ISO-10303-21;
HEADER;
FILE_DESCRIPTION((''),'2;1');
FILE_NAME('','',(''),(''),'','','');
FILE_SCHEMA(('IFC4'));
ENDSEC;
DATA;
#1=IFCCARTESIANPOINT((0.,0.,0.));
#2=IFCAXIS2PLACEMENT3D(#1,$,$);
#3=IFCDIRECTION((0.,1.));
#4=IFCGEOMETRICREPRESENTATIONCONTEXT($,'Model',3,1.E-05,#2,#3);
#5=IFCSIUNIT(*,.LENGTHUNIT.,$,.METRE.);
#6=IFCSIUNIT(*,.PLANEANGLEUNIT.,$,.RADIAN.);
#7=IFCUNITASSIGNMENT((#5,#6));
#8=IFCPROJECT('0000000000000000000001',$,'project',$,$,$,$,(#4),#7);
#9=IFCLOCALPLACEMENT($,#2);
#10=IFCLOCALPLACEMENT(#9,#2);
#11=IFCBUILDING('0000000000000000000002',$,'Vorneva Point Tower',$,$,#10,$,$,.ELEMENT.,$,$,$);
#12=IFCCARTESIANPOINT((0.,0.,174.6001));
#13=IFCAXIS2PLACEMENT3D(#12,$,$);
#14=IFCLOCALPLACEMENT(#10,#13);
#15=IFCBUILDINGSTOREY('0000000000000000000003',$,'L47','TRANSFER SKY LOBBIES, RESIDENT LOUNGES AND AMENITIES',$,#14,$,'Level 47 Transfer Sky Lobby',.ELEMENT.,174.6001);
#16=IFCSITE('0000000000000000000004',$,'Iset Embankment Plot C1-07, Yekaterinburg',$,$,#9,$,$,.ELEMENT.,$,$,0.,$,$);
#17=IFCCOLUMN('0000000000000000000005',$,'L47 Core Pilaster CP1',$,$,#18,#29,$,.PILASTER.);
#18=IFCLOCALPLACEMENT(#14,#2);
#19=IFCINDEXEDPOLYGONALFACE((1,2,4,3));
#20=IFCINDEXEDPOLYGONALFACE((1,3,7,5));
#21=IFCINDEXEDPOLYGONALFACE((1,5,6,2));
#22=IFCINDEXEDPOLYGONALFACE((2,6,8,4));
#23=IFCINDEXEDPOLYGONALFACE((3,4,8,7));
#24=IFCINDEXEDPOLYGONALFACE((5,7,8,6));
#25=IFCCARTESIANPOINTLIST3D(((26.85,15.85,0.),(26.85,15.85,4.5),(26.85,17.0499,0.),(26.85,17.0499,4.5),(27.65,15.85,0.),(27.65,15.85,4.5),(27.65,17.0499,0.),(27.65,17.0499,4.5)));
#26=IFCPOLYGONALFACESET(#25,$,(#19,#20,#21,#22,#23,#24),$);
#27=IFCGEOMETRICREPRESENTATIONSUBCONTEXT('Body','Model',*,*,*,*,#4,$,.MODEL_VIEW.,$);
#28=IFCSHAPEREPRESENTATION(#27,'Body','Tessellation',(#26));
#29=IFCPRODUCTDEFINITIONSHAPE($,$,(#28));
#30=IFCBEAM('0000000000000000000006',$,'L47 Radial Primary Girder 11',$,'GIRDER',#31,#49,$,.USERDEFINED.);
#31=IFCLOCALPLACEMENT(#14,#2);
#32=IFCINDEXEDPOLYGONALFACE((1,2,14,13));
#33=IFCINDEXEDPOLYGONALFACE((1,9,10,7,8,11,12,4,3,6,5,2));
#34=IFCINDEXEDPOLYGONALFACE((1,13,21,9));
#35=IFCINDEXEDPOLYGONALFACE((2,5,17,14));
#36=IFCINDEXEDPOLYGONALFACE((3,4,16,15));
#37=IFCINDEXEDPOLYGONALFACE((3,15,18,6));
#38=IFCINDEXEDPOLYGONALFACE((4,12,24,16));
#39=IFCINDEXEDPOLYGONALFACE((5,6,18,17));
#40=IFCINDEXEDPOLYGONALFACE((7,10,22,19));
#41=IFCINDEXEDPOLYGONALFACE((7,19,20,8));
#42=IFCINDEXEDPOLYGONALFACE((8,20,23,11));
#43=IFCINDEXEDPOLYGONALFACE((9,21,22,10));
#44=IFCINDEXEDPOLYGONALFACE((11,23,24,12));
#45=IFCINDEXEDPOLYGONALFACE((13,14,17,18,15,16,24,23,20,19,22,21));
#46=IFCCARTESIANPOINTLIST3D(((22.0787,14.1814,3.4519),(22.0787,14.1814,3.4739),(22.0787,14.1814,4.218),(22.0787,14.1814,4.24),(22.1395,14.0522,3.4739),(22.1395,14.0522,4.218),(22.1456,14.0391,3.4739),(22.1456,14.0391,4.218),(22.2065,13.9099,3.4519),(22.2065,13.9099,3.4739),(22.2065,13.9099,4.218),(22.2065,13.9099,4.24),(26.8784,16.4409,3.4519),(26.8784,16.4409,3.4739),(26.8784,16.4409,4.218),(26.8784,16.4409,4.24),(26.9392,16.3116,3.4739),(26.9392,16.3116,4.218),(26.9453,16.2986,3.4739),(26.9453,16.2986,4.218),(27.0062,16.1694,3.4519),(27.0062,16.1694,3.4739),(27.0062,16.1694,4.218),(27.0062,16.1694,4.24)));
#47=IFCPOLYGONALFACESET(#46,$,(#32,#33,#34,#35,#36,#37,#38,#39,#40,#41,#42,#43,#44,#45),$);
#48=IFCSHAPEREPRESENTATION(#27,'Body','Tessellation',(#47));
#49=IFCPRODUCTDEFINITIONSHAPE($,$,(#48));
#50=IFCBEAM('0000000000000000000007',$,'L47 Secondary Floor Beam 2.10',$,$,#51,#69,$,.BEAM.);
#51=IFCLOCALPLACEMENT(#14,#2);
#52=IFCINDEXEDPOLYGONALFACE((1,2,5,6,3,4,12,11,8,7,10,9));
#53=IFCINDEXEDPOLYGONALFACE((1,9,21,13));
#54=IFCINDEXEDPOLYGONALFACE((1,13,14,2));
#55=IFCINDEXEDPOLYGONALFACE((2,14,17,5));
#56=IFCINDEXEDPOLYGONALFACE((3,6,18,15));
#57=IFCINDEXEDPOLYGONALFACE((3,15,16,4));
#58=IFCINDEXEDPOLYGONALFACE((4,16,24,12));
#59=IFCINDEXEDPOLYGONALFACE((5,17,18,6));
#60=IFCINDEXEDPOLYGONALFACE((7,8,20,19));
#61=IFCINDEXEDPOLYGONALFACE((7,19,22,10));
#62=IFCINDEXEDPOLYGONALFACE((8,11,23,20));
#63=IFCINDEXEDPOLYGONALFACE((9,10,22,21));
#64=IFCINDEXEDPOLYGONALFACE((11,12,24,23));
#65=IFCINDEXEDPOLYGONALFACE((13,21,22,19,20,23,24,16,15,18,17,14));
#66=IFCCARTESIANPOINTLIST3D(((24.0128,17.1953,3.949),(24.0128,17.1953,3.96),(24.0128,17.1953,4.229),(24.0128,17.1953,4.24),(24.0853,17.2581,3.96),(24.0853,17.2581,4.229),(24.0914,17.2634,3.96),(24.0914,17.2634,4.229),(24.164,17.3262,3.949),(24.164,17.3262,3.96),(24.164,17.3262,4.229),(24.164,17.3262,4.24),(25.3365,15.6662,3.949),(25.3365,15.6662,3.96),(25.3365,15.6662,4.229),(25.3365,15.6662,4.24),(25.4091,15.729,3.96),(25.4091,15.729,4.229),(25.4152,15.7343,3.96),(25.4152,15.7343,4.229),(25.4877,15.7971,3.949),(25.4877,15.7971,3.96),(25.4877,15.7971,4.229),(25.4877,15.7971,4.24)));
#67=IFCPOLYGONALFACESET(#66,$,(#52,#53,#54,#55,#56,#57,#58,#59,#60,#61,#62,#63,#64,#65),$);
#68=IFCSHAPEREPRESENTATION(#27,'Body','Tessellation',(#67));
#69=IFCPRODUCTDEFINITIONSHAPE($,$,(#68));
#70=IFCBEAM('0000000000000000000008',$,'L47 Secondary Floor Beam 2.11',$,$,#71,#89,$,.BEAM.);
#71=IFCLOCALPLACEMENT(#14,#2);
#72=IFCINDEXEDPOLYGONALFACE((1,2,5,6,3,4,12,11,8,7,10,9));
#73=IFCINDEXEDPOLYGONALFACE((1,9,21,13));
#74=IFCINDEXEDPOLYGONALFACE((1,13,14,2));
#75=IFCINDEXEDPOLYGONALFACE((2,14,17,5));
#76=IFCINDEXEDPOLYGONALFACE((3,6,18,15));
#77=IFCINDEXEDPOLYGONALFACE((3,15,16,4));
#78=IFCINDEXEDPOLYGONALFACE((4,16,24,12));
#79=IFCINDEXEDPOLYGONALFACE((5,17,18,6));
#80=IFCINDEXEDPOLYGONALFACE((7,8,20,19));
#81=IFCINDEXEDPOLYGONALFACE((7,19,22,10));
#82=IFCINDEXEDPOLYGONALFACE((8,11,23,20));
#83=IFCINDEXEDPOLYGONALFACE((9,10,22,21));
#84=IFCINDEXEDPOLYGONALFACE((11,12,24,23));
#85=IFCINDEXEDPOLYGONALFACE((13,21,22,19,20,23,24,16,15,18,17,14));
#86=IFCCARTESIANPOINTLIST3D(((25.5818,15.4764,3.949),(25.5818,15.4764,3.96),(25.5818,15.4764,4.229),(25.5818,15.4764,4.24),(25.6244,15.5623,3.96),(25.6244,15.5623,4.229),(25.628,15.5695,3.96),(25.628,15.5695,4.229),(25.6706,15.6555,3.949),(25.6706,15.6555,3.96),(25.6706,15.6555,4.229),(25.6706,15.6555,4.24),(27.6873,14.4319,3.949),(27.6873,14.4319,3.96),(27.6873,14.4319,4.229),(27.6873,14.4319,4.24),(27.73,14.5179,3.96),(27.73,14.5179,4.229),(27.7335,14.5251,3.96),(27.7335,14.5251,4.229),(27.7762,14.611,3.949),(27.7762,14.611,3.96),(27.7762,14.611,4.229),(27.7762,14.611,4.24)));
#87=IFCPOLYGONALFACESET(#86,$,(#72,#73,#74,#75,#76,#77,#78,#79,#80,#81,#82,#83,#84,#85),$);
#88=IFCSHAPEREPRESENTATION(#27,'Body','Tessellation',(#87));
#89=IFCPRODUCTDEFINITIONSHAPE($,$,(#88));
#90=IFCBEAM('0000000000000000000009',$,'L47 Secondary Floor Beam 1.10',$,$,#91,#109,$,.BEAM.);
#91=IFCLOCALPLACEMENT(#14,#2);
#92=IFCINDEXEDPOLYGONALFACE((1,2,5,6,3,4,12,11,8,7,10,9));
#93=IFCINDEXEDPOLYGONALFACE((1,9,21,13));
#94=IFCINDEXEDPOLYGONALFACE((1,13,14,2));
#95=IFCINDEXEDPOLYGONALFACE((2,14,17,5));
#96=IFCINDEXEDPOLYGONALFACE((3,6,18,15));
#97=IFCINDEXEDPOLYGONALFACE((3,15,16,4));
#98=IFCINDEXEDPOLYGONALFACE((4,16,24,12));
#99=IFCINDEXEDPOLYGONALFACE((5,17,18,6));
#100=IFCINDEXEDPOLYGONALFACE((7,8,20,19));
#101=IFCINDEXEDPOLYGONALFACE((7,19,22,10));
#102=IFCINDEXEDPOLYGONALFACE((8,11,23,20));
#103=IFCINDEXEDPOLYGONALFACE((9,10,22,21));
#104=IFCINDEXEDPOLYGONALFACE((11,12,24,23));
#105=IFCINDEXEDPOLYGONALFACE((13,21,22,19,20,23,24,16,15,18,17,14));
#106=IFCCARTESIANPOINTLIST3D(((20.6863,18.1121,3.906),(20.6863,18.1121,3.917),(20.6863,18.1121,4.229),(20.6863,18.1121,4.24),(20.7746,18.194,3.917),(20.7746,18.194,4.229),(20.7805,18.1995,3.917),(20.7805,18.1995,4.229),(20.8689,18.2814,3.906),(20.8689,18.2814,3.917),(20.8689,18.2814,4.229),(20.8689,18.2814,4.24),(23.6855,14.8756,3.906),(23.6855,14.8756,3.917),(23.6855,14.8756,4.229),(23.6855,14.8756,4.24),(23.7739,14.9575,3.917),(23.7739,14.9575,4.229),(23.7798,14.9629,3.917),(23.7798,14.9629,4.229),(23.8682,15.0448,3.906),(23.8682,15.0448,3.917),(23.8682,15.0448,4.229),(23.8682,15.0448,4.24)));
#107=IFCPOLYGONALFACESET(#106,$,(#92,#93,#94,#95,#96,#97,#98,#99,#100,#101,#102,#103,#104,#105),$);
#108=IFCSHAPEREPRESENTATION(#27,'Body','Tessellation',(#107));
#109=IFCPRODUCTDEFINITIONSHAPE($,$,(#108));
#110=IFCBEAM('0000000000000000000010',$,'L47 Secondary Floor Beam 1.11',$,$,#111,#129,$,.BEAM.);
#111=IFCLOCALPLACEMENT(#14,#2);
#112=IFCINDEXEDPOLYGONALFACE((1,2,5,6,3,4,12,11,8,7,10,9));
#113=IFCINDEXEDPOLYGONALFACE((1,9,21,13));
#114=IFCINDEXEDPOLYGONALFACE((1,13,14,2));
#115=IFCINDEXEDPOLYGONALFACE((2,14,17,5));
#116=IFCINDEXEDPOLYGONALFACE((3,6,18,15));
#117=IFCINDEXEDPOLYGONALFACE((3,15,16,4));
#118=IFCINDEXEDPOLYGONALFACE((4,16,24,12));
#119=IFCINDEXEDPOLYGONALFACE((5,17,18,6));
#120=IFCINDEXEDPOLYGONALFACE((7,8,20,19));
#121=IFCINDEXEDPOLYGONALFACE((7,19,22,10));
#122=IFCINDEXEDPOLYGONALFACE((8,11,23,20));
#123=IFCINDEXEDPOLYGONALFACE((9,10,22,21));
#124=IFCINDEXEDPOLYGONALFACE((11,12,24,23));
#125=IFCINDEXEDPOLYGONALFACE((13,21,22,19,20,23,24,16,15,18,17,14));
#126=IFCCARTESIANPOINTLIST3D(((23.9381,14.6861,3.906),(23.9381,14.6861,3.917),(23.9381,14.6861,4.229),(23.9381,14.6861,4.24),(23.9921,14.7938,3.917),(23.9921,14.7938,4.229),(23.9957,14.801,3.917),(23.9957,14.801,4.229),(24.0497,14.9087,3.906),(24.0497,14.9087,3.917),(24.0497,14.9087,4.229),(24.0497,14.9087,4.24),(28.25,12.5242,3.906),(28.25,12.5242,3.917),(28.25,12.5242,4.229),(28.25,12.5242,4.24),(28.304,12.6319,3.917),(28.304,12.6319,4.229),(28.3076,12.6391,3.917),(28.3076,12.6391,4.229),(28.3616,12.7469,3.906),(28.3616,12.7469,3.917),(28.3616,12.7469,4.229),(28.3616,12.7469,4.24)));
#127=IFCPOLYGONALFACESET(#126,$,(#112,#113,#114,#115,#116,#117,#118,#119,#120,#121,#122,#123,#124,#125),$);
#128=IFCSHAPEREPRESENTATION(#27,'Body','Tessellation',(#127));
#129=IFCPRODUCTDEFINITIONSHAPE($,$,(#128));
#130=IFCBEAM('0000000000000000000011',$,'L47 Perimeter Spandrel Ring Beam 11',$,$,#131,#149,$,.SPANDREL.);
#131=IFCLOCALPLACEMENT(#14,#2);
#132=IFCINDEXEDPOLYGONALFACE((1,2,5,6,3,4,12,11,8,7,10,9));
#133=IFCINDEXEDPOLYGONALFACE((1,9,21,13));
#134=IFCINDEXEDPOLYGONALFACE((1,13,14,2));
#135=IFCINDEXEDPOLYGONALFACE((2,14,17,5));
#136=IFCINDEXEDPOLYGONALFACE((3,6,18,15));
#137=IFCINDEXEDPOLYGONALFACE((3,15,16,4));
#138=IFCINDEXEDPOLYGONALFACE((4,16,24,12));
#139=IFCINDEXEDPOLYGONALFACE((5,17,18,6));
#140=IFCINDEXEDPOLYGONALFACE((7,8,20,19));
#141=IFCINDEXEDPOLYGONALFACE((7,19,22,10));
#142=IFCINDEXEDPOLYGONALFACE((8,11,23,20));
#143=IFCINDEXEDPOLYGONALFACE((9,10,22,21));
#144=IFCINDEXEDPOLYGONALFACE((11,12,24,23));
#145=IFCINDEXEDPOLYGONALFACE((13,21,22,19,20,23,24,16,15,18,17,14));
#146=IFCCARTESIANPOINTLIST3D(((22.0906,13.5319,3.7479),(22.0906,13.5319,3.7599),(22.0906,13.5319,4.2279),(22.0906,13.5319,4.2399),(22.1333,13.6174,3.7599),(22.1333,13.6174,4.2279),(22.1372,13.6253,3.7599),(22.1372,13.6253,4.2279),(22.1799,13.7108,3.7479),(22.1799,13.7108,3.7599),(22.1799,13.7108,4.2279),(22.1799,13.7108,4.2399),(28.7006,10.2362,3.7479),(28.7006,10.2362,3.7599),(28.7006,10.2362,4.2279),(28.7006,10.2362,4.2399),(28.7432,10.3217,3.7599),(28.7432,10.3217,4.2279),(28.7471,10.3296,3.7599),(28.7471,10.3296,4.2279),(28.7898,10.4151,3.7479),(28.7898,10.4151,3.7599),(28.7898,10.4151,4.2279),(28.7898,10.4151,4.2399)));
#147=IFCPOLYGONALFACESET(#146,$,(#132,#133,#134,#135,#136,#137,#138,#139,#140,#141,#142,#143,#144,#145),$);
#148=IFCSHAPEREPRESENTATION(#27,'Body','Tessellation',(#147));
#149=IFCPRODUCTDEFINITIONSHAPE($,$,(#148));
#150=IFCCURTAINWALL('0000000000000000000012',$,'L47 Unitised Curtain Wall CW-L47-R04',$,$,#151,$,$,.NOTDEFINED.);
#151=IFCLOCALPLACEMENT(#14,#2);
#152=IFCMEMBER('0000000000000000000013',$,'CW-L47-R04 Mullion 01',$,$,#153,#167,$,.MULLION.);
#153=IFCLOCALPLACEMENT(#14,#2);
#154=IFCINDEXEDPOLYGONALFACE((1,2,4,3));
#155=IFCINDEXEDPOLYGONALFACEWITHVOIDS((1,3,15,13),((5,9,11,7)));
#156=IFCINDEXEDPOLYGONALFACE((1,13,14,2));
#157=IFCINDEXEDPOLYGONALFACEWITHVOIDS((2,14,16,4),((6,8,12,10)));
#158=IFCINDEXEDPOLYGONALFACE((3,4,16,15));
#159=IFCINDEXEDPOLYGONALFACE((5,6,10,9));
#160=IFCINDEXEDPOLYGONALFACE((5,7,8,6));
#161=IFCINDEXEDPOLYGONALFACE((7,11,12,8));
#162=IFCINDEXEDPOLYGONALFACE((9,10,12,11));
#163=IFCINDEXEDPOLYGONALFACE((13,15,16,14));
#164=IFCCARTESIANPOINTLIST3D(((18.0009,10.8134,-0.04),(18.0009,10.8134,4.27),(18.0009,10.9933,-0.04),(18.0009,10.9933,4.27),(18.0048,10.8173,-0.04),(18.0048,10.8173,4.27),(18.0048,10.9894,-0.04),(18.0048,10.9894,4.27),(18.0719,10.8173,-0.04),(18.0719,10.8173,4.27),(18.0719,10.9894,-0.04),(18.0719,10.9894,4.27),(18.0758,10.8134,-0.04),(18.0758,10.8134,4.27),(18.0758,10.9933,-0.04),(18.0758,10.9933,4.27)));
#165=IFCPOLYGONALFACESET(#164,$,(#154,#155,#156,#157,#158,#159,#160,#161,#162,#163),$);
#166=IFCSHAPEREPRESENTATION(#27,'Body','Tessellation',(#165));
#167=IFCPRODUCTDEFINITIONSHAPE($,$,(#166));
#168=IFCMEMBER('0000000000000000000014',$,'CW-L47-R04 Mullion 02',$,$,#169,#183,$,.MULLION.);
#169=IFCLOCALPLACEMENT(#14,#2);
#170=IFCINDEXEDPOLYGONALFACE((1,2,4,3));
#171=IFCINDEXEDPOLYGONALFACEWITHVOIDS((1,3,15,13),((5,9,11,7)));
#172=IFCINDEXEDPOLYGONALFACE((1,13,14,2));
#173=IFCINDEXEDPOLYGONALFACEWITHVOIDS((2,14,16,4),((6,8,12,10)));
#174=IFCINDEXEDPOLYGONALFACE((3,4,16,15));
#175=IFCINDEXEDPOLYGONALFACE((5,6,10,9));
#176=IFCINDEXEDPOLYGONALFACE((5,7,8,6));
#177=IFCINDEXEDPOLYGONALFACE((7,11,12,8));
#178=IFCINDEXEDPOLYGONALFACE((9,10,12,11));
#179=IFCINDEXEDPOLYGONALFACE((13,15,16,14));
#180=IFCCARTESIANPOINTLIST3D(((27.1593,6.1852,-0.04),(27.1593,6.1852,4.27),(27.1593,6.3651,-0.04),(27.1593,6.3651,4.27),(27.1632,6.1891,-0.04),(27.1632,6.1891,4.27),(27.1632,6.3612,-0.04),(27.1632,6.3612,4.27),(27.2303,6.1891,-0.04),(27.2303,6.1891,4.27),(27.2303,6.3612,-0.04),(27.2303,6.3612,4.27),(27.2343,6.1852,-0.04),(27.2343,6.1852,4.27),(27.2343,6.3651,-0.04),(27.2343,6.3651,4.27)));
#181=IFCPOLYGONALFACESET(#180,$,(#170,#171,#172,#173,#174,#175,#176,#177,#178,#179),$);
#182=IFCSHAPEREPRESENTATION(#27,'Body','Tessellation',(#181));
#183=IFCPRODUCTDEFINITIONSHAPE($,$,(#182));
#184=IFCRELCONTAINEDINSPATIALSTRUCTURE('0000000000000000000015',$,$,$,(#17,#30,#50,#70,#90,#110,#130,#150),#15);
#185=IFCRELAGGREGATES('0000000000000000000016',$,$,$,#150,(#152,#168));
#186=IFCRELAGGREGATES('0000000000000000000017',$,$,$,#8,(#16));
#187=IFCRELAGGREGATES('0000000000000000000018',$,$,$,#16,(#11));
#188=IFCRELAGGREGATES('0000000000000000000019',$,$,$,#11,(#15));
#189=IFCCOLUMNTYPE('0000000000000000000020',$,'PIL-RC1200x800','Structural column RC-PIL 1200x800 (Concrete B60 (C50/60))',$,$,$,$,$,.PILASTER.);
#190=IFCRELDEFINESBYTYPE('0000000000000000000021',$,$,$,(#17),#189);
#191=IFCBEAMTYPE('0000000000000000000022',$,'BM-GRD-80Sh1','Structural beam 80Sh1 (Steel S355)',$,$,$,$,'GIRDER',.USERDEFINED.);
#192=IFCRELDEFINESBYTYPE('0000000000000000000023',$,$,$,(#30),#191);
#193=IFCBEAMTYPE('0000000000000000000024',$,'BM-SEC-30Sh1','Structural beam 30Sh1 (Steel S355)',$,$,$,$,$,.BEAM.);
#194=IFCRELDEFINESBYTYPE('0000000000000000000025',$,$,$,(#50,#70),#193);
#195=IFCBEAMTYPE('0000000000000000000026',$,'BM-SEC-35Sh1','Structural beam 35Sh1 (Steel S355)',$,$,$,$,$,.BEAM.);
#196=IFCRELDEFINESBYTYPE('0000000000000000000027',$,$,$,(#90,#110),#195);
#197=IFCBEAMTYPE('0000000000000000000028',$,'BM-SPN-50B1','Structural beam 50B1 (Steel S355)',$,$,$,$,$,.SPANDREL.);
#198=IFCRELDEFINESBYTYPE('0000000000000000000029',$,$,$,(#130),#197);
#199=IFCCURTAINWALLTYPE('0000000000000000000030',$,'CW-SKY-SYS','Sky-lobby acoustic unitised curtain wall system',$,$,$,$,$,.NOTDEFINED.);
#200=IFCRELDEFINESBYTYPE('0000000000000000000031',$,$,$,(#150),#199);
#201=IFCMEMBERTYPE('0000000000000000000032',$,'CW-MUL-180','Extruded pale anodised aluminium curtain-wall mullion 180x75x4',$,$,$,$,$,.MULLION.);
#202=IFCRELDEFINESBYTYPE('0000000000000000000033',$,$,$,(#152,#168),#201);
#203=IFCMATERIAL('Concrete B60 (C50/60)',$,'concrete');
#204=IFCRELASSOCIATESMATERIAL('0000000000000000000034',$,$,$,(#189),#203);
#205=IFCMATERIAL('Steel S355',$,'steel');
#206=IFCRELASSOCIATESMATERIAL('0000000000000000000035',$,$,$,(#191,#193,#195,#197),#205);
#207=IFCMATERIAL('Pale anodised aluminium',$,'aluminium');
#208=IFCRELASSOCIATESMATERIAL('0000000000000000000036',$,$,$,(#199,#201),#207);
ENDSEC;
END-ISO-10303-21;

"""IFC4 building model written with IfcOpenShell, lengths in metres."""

from ifc_helpers import new_model, si_unit, direction, frame, origin, origin_2d, place, context, subcontext, project, spatial, rectangle, hollow_rectangle, i_section, extrude, material, material_profile, profile_set, type_object, element, aggregate, save


model = new_model("IFC4")

# Units and contexts
model_context = context("Model", 3, precision=1e-05, world=origin(), true_north=direction((0.0, 1.0)))
body_context = subcontext(model_context, "Body", "Model", "MODEL_VIEW")
ifc_project = project(units=[si_unit("LENGTHUNIT", "METRE"), si_unit("PLANEANGLEUNIT", "RADIAN")], contexts=[model_context])

# Site, building, storey
site_placement = place(None, origin())
site = spatial("IfcSite", under=ifc_project, at=site_placement, Name="Iset Embankment Plot C1-07, Yekaterinburg", CompositionType="ELEMENT", RefElevation=0.0)
building_placement = place(site_placement, origin())
building = spatial("IfcBuilding", under=site, at=building_placement, Name="Vorneva Point Tower", CompositionType="ELEMENT")
storey_placement = place(building_placement, frame((0.0, 0.0, 174.6001)))
storey = spatial("IfcBuildingStorey", under=building, at=storey_placement, Name="L47", Description="TRANSFER SKY LOBBIES, RESIDENT LOUNGES AND AMENITIES", LongName="Level 47 Transfer Sky Lobby", CompositionType="ELEMENT", Elevation=174.6001)

# Column
ifc_material_1 = material(Name="Concrete B60 (C50/60)", Category="concrete")
ifc_material_profile_1 = material_profile(ifc_material_1, rectangle(XDim=0.8, YDim=1.2, at=origin_2d()), Name="RC-PIL 1200x800")
ifc_profile_set_1 = profile_set([ifc_material_profile_1], Name="Concrete B60 (C50/60)")
column_type_1 = type_object("IfcColumnType", Name="PIL-RC1200x800", Description="Structural column RC-PIL 1200x800 (Concrete B60 (C50/60))", PredefinedType="PILASTER", material=ifc_profile_set_1)
column_1_placement = place(storey_placement, frame((27.25, 16.45, 0.0), z_axis=(0.0, 0.0, 1.0), x_axis=(1.0, 0.0, 0.0)))
element("IfcColumn", 1, at=column_1_placement, inside=storey, type_object=column_type_1, Name="L47 Core Pilaster CP1", PredefinedType="PILASTER", context=body_context, shape_type="SweptSolid", body=[
    extrude(rectangle(XDim=0.8, YDim=1.2, at=origin_2d()), origin(), (0.0, 0.0, 1.0), 4.5),
])

# Beams
ifc_material_2 = material(Name="Steel S355", Category="steel")
ifc_material_profile_2 = material_profile(ifc_material_2, i_section(OverallWidth=0.3, OverallDepth=0.7881, WebThickness=0.0144, FlangeThickness=0.022, at=origin_2d()), Name="80Sh1")
ifc_profile_set_2 = profile_set([ifc_material_profile_2], Name="Steel S355")
beam_type_1 = type_object("IfcBeamType", Name="BM-GRD-80Sh1", Description="Structural beam 80Sh1 (Steel S355)", ElementType="GIRDER", PredefinedType="USERDEFINED", material=ifc_profile_set_2)
beam_1_placement = place(storey_placement, frame((22.1426, 14.0457, 3.8459), z_axis=(0.904761, 0.425919, 0.0), x_axis=(-0.425919, 0.904761, 0.0)))
element("IfcBeam", 2, at=beam_1_placement, inside=storey, type_object=beam_type_1, Name="L47 Radial Primary Girder 11", ObjectType="GIRDER", PredefinedType="USERDEFINED", context=body_context, shape_type="SweptSolid", body=[
    extrude(i_section(OverallWidth=0.3, OverallDepth=0.7881, WebThickness=0.0144, FlangeThickness=0.022, at=origin_2d()), origin(), (0.0, 0.0, 1.0), 5.3049),
])
ifc_material_profile_3 = material_profile(ifc_material_2, i_section(OverallWidth=0.2, OverallDepth=0.291, WebThickness=0.0081, FlangeThickness=0.011, at=origin_2d()), Name="30Sh1")
ifc_profile_set_3 = profile_set([ifc_material_profile_3], Name="Steel S355")
beam_type_2 = type_object("IfcBeamType", Name="BM-SEC-30Sh1", Description="Structural beam 30Sh1 (Steel S355)", PredefinedType="BEAM", material=ifc_profile_set_3)
beam_2_placement = place(storey_placement, frame((24.0884, 17.2607, 4.0945), z_axis=(0.654521, -0.756043, 0.0), x_axis=(0.756043, 0.654521, 0.0)))
element("IfcBeam", 3, at=beam_2_placement, inside=storey, type_object=beam_type_2, Name="L47 Secondary Floor Beam 2.10", PredefinedType="BEAM", context=body_context, shape_type="SweptSolid", body=[
    extrude(i_section(OverallWidth=0.2, OverallDepth=0.291, WebThickness=0.0081, FlangeThickness=0.011, at=origin_2d()), origin(), (0.0, 0.0, 1.0), 2.0225),
])
beam_3_placement = place(storey_placement, frame((25.6262, 15.5659, 4.0945), z_axis=(0.895835, -0.444386, 0.0), x_axis=(0.444386, 0.895835, 0.0)))
element("IfcBeam", 4, at=beam_3_placement, inside=storey, type_object=beam_type_2, Name="L47 Secondary Floor Beam 2.11", PredefinedType="BEAM", context=body_context, shape_type="SweptSolid", body=[
    extrude(i_section(OverallWidth=0.2, OverallDepth=0.291, WebThickness=0.0081, FlangeThickness=0.011, at=origin_2d()), origin(), (0.0, 0.0, 1.0), 2.3503),
])
ifc_material_profile_4 = material_profile(ifc_material_2, i_section(OverallWidth=0.249, OverallDepth=0.334, WebThickness=0.0081, FlangeThickness=0.011, at=origin_2d()), Name="35Sh1")
ifc_profile_set_4 = profile_set([ifc_material_profile_4], Name="Steel S355")
beam_type_3 = type_object("IfcBeamType", Name="BM-SEC-35Sh1", Description="Structural beam 35Sh1 (Steel S355)", PredefinedType="BEAM", material=ifc_profile_set_4)
beam_4_placement = place(storey_placement, frame((20.7776, 18.1968, 4.073), z_axis=(0.679706, -0.733485, 0.0), x_axis=(0.733485, 0.679706, 0.0)))
element("IfcBeam", 5, at=beam_4_placement, inside=storey, type_object=beam_type_3, Name="L47 Secondary Floor Beam 1.10", PredefinedType="BEAM", context=body_context, shape_type="SweptSolid", body=[
    extrude(i_section(OverallWidth=0.249, OverallDepth=0.334, WebThickness=0.0081, FlangeThickness=0.011, at=origin_2d()), origin(), (0.0, 0.0, 1.0), 4.4126),
])
beam_5_placement = place(storey_placement, frame((23.9939, 14.7974, 4.073), z_axis=(0.893941, -0.448185, 0.0), x_axis=(0.448185, 0.893941, 0.0)))
element("IfcBeam", 6, at=beam_5_placement, inside=storey, type_object=beam_type_3, Name="L47 Secondary Floor Beam 1.11", PredefinedType="BEAM", context=body_context, shape_type="SweptSolid", body=[
    extrude(i_section(OverallWidth=0.249, OverallDepth=0.334, WebThickness=0.0081, FlangeThickness=0.011, at=origin_2d()), origin(), (0.0, 0.0, 1.0), 4.8235),
])
ifc_material_profile_5 = material_profile(ifc_material_2, i_section(OverallWidth=0.2, OverallDepth=0.4919, WebThickness=0.0088, FlangeThickness=0.012, at=origin_2d()), Name="50B1")
ifc_profile_set_5 = profile_set([ifc_material_profile_5], Name="Steel S355")
beam_type_4 = type_object("IfcBeamType", Name="BM-SPN-50B1", Description="Structural beam 50B1 (Steel S355)", PredefinedType="SPANDREL", material=ifc_profile_set_5)
beam_6_placement = place(storey_placement, frame((22.1353, 13.6213, 3.9939), z_axis=(0.894929, -0.446208, 0.0), x_axis=(0.446208, 0.894929, 0.0)))
element("IfcBeam", 7, at=beam_6_placement, inside=storey, type_object=beam_type_4, Name="L47 Perimeter Spandrel Ring Beam 11", PredefinedType="SPANDREL", context=body_context, shape_type="SweptSolid", body=[
    extrude(i_section(OverallWidth=0.2, OverallDepth=0.4919, WebThickness=0.0088, FlangeThickness=0.012, at=origin_2d()), origin(), (0.0, 0.0, 1.0), 7.386),
])

# Curtain wall, members
ifc_material_3 = material(Name="Pale anodised aluminium", Category="aluminium")
curtain_wall_type = type_object("IfcCurtainWallType", Name="CW-SKY-SYS", Description="Sky-lobby acoustic unitised curtain wall system", PredefinedType="NOTDEFINED", material=ifc_material_3)
curtain_wall_placement = place(storey_placement, origin())
curtain_wall = element("IfcCurtainWall", 8, at=curtain_wall_placement, inside=storey, type_object=curtain_wall_type, Name="L47 Unitised Curtain Wall CW-L47-R04", PredefinedType="NOTDEFINED")
ifc_material_profile_6 = material_profile(ifc_material_3, hollow_rectangle(XDim=0.075, YDim=0.1799, WallThickness=0.0039, at=origin_2d()), Name="AL-MUL 180x75x4")
ifc_profile_set_6 = profile_set([ifc_material_profile_6], Name="Pale anodised aluminium")
member_type_1 = type_object("IfcMemberType", Name="CW-MUL-180", Description="Extruded pale anodised aluminium curtain-wall mullion 180x75x4", PredefinedType="MULLION", material=ifc_profile_set_6)
member_1_placement = place(storey_placement, frame((18.0383, 10.9033, -0.04), z_axis=(0.0, 0.0, 1.0), x_axis=(1.0, 0.0, 0.0)))
member_1 = element("IfcMember", 9, at=member_1_placement, type_object=member_type_1, Name="CW-L47-R04 Mullion 01", PredefinedType="MULLION", context=body_context, shape_type="SweptSolid", body=[
    extrude(hollow_rectangle(XDim=0.075, YDim=0.1799, WallThickness=0.0039, at=origin_2d()), origin(), (0.0, 0.0, 1.0), 4.3101),
])
member_2_placement = place(storey_placement, frame((27.1968, 6.2751, -0.04), z_axis=(0.0, 0.0, 1.0), x_axis=(1.0, 0.0, 0.0)))
member_2 = element("IfcMember", 10, at=member_2_placement, type_object=member_type_1, Name="CW-L47-R04 Mullion 02", PredefinedType="MULLION", context=body_context, shape_type="SweptSolid", body=[
    extrude(hollow_rectangle(XDim=0.075, YDim=0.1799, WallThickness=0.0039, at=origin_2d()), origin(), (0.0, 0.0, 1.0), 4.3101),
])
aggregate(curtain_wall, [member_1, member_2])

save(model, "model.ifc")
